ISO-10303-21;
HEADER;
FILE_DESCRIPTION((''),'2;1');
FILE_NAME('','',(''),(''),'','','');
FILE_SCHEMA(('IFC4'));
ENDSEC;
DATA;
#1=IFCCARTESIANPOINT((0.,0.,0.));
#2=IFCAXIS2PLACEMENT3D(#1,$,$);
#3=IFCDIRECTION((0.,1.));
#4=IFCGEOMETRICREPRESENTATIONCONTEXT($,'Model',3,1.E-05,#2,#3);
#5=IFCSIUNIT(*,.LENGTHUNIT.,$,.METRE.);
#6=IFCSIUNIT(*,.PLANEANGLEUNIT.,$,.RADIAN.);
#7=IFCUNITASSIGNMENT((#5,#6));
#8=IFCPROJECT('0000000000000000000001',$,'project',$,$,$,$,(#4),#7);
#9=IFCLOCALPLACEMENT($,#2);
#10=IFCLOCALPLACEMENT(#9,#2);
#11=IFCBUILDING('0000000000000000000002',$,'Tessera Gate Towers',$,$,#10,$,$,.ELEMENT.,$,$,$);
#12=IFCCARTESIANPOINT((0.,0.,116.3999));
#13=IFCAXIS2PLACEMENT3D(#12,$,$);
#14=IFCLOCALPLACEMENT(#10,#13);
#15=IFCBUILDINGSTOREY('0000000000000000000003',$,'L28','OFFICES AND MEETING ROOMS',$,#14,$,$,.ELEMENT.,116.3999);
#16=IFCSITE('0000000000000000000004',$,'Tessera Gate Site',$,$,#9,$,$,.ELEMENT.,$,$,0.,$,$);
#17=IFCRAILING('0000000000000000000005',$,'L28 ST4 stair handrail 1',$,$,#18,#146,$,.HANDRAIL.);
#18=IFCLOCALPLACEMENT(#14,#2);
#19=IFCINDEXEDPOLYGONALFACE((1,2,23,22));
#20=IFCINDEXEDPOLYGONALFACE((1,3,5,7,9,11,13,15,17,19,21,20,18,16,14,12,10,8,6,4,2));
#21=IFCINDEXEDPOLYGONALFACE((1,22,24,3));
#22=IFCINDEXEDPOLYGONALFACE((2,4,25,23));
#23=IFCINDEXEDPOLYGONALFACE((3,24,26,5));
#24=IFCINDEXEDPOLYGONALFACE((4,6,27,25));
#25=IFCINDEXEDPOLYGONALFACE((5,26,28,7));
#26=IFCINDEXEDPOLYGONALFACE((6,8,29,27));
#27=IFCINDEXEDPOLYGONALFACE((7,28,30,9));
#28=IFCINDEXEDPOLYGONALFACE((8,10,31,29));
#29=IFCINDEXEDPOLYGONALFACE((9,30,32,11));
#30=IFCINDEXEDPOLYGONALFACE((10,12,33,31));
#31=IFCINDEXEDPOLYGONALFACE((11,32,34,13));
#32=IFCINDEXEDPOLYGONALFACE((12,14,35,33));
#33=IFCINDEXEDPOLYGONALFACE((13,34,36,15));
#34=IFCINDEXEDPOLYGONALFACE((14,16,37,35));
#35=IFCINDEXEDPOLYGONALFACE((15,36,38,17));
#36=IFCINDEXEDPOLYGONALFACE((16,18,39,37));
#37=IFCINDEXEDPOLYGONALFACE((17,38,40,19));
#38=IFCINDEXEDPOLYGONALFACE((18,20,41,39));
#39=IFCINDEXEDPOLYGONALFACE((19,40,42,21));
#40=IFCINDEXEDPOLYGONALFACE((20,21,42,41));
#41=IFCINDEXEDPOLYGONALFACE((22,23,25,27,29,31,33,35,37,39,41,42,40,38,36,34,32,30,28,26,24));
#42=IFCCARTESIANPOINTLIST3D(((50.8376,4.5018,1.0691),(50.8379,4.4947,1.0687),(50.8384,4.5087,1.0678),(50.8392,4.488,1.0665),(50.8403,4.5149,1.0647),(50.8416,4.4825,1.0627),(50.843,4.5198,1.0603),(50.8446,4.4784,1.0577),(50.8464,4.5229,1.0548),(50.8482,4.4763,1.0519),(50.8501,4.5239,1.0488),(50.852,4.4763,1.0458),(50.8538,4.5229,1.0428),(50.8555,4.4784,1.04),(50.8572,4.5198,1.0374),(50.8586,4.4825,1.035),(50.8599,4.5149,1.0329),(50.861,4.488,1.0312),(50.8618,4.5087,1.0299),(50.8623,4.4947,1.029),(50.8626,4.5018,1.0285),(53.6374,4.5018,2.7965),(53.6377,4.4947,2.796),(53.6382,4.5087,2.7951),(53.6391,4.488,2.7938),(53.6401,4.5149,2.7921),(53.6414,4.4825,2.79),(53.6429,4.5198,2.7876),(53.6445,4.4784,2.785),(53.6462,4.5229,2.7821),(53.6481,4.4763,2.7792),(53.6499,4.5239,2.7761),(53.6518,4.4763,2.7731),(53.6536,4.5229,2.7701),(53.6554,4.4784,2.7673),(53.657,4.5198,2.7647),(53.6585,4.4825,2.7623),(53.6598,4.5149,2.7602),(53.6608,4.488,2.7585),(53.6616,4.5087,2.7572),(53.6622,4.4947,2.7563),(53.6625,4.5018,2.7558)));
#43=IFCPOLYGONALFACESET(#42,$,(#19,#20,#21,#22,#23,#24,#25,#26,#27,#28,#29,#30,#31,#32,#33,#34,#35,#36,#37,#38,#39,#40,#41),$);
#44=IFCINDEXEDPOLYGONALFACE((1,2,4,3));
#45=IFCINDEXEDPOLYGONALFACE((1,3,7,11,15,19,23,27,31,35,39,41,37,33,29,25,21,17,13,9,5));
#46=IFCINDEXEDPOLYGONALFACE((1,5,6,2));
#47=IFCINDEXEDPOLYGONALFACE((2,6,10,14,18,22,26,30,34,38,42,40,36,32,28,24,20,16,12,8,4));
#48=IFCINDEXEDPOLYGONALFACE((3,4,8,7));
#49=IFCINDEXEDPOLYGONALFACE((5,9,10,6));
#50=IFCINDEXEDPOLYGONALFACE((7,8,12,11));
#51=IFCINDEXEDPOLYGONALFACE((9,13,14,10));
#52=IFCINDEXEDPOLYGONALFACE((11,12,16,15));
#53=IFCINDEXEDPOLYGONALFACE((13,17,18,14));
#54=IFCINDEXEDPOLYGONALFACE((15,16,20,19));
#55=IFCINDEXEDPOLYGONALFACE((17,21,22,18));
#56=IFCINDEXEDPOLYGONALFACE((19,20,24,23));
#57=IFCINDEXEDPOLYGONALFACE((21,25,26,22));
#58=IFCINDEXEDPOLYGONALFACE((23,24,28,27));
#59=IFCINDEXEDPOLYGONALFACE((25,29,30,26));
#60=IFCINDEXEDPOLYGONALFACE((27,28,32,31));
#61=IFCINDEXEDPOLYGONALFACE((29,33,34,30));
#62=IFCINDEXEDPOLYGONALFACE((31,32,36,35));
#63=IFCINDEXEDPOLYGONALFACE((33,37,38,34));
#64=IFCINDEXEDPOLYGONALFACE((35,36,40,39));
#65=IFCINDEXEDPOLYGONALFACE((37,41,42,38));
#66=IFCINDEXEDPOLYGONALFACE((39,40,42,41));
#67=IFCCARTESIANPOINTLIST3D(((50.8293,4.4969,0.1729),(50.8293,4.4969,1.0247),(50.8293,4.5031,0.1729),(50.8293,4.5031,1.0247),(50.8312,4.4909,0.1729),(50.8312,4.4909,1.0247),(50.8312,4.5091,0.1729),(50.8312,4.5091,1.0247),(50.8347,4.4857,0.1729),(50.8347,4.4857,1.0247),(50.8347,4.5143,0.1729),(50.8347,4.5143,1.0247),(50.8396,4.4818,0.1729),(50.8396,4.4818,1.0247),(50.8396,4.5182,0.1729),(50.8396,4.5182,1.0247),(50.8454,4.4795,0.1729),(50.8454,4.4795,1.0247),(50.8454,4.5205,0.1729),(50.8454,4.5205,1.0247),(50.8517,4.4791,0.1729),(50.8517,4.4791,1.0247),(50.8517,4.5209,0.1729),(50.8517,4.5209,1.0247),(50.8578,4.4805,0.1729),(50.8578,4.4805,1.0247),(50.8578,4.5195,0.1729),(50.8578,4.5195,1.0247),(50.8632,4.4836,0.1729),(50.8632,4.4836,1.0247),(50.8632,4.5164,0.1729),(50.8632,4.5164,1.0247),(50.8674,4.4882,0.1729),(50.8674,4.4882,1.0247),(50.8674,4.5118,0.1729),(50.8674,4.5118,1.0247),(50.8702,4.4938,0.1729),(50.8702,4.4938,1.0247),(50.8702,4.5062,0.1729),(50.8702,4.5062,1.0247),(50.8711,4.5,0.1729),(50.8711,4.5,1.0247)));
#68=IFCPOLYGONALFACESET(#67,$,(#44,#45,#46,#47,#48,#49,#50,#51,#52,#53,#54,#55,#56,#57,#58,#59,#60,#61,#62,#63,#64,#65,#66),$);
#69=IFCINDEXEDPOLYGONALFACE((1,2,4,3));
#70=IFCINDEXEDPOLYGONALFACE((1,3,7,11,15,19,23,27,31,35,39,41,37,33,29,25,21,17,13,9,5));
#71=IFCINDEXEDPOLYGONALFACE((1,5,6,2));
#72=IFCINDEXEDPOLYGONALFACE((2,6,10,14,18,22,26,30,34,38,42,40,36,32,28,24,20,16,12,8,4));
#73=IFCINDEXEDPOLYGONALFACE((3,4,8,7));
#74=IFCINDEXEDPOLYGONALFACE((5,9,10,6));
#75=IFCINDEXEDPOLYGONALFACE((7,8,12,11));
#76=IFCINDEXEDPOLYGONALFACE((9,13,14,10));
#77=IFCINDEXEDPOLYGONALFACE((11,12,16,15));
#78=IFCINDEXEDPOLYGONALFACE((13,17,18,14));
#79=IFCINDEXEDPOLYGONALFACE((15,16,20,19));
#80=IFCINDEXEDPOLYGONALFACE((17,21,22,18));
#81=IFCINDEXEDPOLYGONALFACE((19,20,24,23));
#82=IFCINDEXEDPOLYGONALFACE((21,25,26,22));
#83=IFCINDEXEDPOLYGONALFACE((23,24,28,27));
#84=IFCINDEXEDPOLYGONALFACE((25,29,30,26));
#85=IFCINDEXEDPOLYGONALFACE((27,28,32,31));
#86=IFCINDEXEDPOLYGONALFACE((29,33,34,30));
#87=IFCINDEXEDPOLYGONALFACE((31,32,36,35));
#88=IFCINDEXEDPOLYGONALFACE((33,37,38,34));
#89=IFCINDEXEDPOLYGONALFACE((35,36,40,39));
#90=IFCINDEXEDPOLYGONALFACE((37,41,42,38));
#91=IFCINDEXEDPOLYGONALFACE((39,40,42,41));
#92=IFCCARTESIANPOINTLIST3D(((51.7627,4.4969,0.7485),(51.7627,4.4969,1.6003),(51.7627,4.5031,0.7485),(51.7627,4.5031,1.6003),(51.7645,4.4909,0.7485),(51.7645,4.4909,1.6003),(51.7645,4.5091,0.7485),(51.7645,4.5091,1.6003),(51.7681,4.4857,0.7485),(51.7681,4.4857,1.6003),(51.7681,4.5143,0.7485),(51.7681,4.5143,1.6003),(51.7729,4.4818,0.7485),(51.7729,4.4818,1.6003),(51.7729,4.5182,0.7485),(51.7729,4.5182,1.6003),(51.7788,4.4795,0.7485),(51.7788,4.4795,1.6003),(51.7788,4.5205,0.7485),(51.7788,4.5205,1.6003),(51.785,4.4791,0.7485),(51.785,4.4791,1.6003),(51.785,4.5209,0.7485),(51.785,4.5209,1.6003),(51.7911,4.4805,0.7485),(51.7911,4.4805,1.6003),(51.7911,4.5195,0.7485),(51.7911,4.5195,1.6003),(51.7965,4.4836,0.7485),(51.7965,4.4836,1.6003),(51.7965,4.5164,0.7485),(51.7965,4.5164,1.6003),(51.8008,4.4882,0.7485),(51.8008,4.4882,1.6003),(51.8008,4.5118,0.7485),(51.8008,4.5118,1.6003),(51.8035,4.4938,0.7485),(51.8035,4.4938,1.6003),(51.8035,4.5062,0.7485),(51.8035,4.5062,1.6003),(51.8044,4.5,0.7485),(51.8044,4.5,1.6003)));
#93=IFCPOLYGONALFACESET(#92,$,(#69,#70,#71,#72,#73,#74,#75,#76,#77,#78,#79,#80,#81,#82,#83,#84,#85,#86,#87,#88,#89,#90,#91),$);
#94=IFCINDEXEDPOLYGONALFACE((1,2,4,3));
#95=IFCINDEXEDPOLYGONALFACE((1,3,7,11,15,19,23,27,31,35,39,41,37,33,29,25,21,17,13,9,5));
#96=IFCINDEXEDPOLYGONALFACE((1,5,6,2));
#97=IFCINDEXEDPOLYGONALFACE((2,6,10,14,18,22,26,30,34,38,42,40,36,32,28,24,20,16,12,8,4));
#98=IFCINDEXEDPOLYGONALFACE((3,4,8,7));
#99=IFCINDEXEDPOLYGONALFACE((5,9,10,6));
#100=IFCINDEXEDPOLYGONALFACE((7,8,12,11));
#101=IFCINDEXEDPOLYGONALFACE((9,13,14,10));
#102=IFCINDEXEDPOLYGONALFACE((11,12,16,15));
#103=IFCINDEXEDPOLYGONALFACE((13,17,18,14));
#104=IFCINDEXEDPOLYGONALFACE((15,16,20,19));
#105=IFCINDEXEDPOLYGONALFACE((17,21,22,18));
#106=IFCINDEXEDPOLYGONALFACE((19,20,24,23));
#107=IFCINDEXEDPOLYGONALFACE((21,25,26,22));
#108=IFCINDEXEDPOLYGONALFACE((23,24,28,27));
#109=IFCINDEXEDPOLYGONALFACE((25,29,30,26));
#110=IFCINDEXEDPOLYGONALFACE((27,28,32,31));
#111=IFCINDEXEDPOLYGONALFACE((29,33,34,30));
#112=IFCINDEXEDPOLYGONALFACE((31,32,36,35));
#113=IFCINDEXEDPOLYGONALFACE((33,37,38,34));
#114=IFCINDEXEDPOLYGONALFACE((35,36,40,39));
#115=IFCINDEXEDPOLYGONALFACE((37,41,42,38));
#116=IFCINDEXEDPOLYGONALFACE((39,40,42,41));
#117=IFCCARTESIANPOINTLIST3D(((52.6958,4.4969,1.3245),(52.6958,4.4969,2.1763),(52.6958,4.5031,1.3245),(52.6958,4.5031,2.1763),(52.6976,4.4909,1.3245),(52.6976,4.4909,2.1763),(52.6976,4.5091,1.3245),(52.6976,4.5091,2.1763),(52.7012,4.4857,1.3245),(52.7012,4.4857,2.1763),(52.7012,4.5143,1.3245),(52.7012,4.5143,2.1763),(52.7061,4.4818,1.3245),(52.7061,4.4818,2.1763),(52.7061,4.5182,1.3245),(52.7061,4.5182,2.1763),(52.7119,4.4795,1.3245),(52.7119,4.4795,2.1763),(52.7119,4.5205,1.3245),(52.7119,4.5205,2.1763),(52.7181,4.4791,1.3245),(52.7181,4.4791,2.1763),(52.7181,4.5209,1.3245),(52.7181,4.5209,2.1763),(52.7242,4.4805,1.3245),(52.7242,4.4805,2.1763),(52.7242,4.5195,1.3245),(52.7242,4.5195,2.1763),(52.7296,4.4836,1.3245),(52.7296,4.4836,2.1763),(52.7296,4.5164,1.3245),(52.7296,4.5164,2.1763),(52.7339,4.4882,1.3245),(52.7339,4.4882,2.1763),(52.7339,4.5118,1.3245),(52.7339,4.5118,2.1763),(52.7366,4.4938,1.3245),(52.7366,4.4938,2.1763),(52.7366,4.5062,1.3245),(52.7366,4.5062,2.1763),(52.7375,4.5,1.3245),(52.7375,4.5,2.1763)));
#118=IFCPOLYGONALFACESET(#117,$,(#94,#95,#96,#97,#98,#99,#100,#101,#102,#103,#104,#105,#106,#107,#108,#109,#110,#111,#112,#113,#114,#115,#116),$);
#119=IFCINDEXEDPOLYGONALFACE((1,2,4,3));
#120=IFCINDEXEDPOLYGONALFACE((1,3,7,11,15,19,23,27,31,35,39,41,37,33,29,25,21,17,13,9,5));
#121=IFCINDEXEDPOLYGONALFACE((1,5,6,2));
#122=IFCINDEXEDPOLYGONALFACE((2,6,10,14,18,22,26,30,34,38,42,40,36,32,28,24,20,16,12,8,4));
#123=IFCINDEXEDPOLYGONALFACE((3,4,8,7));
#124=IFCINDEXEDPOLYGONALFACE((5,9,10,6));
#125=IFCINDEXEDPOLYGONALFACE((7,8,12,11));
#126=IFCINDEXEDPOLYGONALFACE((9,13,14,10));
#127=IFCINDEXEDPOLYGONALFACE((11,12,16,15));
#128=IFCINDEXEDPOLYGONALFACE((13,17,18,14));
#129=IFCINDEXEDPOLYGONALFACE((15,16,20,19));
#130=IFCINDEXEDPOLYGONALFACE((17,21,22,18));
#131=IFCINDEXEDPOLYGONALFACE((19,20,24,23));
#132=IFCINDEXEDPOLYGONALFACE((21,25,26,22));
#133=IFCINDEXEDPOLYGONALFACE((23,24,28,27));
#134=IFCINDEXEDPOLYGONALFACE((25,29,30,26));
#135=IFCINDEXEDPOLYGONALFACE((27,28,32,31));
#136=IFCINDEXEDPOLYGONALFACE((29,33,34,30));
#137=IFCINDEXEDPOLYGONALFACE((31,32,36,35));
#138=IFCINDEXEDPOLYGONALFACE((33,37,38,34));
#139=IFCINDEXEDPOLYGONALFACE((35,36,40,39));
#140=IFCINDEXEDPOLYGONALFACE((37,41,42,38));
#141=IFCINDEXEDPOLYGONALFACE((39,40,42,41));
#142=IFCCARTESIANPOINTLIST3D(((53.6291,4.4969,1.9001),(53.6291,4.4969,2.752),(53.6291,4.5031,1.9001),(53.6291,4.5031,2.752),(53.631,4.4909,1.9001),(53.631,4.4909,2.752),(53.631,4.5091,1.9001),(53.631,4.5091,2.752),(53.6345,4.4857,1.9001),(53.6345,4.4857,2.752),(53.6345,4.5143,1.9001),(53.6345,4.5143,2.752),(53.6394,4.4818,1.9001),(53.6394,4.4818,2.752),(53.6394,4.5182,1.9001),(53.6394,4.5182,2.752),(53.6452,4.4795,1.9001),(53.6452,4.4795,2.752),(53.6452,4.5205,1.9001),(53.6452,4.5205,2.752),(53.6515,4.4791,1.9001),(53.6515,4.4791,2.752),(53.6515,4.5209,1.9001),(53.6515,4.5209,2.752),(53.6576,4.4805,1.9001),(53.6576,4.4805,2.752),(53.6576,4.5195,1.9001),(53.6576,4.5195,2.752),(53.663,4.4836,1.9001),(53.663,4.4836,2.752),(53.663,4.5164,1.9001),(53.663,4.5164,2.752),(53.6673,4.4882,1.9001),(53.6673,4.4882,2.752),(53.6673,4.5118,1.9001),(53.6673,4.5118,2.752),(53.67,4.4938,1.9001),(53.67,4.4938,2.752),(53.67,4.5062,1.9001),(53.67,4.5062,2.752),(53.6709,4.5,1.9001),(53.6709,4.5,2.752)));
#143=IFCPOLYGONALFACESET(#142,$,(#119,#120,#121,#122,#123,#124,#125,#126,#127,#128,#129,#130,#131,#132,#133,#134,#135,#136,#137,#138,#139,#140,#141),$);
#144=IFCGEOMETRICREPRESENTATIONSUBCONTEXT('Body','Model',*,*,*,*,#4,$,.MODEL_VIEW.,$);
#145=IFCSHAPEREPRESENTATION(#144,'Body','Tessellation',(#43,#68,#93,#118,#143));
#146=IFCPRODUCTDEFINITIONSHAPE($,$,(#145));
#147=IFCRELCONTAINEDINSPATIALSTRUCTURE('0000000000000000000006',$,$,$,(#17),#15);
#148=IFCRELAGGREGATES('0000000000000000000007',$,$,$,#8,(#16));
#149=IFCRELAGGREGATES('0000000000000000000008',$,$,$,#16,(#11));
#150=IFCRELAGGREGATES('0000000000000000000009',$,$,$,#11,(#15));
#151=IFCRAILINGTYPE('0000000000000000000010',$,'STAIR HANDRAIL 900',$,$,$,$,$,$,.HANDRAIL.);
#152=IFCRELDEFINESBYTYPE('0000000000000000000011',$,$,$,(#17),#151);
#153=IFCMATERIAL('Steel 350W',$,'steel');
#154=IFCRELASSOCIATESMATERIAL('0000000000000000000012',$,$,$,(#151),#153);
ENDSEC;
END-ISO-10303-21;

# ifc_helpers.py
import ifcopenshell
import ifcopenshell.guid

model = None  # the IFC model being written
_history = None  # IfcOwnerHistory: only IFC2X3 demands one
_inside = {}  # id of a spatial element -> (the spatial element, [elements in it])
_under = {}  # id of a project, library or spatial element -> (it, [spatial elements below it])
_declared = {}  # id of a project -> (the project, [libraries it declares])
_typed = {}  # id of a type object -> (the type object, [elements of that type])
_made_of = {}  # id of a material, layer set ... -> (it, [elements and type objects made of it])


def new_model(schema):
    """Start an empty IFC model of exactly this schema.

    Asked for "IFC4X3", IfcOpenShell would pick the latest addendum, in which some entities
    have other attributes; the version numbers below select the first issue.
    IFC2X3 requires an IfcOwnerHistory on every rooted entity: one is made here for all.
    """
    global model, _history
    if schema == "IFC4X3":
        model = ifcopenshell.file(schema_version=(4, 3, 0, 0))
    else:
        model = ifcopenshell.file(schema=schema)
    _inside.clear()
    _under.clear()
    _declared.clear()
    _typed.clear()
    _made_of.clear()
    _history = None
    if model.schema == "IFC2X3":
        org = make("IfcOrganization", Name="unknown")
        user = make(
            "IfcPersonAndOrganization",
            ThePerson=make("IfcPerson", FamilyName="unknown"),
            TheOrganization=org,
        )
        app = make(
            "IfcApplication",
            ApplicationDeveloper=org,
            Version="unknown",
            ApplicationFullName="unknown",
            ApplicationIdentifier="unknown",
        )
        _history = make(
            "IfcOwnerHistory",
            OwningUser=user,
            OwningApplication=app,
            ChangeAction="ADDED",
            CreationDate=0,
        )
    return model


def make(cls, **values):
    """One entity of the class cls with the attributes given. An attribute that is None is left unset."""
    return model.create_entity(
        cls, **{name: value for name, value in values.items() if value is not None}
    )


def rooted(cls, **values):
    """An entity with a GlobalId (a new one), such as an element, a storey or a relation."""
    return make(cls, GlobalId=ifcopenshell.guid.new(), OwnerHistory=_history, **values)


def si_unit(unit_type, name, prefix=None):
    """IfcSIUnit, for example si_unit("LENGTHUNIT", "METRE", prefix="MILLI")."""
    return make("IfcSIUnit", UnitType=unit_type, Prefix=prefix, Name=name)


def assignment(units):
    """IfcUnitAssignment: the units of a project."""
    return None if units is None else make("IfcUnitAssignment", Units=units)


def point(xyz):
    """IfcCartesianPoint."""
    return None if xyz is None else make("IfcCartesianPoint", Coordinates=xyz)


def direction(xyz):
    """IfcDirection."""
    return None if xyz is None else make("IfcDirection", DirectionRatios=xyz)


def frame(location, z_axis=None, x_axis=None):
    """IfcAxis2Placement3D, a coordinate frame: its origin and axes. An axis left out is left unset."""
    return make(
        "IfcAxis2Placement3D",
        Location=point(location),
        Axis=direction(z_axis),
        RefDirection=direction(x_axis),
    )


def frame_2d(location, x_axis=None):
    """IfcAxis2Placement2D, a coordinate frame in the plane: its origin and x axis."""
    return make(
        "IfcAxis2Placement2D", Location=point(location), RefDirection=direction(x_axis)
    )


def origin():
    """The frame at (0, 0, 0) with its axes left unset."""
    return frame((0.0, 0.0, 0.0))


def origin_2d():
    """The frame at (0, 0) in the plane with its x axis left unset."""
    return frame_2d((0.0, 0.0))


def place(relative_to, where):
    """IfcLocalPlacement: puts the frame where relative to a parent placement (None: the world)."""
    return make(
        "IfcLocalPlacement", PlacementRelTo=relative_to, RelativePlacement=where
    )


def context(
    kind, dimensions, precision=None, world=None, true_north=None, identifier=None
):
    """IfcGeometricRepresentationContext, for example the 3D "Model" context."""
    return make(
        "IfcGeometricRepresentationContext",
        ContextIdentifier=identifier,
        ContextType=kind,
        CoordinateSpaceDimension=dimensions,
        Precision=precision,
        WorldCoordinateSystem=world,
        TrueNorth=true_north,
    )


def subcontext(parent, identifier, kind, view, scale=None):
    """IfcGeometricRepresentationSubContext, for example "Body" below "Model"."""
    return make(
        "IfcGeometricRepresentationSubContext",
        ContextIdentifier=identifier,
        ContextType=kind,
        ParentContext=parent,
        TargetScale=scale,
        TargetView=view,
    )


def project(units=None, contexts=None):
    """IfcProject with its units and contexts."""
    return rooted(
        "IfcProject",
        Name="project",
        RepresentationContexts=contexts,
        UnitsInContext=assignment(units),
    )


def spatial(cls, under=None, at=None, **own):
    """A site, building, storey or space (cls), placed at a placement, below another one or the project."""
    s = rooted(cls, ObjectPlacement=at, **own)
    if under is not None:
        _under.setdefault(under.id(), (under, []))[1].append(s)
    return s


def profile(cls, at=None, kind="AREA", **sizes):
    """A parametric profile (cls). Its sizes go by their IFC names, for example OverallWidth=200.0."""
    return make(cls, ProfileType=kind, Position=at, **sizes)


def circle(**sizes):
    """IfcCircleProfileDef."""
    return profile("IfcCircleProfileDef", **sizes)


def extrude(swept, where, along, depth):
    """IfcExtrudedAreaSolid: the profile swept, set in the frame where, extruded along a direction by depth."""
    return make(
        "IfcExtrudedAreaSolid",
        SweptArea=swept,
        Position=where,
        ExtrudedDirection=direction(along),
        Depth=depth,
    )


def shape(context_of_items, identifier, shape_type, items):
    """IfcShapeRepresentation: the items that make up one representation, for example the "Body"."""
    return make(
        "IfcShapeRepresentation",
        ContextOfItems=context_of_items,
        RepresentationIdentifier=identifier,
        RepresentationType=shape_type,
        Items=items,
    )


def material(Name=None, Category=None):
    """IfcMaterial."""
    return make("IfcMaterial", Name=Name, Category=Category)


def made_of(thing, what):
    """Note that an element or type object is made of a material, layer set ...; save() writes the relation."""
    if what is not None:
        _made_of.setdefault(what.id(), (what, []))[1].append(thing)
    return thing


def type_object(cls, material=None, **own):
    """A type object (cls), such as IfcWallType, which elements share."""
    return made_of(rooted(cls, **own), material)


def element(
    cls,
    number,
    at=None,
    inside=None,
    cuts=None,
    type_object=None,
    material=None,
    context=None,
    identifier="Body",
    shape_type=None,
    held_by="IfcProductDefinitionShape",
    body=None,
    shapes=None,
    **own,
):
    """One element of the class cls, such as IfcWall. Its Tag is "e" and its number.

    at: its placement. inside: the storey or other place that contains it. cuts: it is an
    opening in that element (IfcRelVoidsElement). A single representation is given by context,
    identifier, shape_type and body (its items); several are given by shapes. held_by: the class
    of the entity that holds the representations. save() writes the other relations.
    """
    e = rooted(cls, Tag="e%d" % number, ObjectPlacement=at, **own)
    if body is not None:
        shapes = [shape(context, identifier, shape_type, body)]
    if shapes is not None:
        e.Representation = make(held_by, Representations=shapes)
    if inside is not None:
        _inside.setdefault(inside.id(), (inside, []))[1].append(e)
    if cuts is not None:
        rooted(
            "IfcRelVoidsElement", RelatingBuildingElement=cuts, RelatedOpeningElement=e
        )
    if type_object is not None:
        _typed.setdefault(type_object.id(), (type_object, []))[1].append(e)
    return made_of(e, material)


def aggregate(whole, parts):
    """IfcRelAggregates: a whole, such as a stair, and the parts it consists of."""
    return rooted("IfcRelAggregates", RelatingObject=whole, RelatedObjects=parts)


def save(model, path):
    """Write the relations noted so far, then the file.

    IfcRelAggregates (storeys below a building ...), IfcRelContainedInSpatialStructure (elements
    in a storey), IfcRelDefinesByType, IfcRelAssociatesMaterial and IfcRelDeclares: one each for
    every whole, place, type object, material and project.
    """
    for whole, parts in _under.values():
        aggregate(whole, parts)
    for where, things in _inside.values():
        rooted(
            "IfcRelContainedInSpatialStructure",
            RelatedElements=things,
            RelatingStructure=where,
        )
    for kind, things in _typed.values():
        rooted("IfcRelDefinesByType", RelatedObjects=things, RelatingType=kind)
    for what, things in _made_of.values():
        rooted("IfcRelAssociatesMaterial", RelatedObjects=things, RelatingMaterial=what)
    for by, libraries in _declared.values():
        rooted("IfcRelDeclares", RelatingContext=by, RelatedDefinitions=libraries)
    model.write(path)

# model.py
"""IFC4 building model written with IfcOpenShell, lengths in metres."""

from ifc_helpers import new_model, si_unit, direction, frame, origin, origin_2d, place, context, subcontext, project, spatial, circle, extrude, material, type_object, element, save


model = new_model("IFC4")

# Units and contexts
model_context = context("Model", 3, precision=1e-05, world=origin(), true_north=direction((0.0, 1.0)))
body_context = subcontext(model_context, "Body", "Model", "MODEL_VIEW")
ifc_project = project(units=[si_unit("LENGTHUNIT", "METRE"), si_unit("PLANEANGLEUNIT", "RADIAN")], contexts=[model_context])

# Site, building, storey
site_placement = place(None, origin())
site = spatial("IfcSite", under=ifc_project, at=site_placement, Name="Tessera Gate Site", CompositionType="ELEMENT", RefElevation=0.0)
building_placement = place(site_placement, origin())
building = spatial("IfcBuilding", under=site, at=building_placement, Name="Tessera Gate Towers", CompositionType="ELEMENT")
storey_placement = place(building_placement, frame((0.0, 0.0, 116.3999)))
storey = spatial("IfcBuildingStorey", under=building, at=storey_placement, Name="L28", Description="OFFICES AND MEETING ROOMS", CompositionType="ELEMENT", Elevation=116.3999)

# Railing
ifc_material_1 = material(Name="Steel 350W", Category="steel")
railing_type_1 = type_object("IfcRailingType", Name="STAIR HANDRAIL 900", PredefinedType="HANDRAIL", material=ifc_material_1)
railing_1_placement = place(storey_placement, frame((50.8501, 4.5, 0.1729)))
element("IfcRailing", 1, at=railing_1_placement, inside=storey, type_object=railing_type_1, Name="L28 ST4 stair handrail 1", PredefinedType="HANDRAIL", context=body_context, shape_type="SweptSolid", body=[
    extrude(circle(Radius=0.0239, at=origin_2d()), frame((0.0, 0.0, 0.876), z_axis=(0.851069, 0.0, 0.525054), x_axis=(0.0, 1.0, 0.0)), (0.0, 0.0, 1.0), 3.2898),
    extrude(circle(Radius=0.021, at=origin_2d()), origin(), (0.0, 0.0, 1.0), 0.8518),
    extrude(circle(Radius=0.021, at=origin_2d()), frame((0.9333, 0.0, 0.5757)), (0.0, 0.0, 1.0), 0.8518),
    extrude(circle(Radius=0.021, at=origin_2d()), frame((1.8665, 0.0, 1.1516)), (0.0, 0.0, 1.0), 0.8518),
    extrude(circle(Radius=0.021, at=origin_2d()), frame((2.7998, 0.0, 1.7273)), (0.0, 0.0, 1.0), 0.8518),
])

save(model, "model.ifc")
